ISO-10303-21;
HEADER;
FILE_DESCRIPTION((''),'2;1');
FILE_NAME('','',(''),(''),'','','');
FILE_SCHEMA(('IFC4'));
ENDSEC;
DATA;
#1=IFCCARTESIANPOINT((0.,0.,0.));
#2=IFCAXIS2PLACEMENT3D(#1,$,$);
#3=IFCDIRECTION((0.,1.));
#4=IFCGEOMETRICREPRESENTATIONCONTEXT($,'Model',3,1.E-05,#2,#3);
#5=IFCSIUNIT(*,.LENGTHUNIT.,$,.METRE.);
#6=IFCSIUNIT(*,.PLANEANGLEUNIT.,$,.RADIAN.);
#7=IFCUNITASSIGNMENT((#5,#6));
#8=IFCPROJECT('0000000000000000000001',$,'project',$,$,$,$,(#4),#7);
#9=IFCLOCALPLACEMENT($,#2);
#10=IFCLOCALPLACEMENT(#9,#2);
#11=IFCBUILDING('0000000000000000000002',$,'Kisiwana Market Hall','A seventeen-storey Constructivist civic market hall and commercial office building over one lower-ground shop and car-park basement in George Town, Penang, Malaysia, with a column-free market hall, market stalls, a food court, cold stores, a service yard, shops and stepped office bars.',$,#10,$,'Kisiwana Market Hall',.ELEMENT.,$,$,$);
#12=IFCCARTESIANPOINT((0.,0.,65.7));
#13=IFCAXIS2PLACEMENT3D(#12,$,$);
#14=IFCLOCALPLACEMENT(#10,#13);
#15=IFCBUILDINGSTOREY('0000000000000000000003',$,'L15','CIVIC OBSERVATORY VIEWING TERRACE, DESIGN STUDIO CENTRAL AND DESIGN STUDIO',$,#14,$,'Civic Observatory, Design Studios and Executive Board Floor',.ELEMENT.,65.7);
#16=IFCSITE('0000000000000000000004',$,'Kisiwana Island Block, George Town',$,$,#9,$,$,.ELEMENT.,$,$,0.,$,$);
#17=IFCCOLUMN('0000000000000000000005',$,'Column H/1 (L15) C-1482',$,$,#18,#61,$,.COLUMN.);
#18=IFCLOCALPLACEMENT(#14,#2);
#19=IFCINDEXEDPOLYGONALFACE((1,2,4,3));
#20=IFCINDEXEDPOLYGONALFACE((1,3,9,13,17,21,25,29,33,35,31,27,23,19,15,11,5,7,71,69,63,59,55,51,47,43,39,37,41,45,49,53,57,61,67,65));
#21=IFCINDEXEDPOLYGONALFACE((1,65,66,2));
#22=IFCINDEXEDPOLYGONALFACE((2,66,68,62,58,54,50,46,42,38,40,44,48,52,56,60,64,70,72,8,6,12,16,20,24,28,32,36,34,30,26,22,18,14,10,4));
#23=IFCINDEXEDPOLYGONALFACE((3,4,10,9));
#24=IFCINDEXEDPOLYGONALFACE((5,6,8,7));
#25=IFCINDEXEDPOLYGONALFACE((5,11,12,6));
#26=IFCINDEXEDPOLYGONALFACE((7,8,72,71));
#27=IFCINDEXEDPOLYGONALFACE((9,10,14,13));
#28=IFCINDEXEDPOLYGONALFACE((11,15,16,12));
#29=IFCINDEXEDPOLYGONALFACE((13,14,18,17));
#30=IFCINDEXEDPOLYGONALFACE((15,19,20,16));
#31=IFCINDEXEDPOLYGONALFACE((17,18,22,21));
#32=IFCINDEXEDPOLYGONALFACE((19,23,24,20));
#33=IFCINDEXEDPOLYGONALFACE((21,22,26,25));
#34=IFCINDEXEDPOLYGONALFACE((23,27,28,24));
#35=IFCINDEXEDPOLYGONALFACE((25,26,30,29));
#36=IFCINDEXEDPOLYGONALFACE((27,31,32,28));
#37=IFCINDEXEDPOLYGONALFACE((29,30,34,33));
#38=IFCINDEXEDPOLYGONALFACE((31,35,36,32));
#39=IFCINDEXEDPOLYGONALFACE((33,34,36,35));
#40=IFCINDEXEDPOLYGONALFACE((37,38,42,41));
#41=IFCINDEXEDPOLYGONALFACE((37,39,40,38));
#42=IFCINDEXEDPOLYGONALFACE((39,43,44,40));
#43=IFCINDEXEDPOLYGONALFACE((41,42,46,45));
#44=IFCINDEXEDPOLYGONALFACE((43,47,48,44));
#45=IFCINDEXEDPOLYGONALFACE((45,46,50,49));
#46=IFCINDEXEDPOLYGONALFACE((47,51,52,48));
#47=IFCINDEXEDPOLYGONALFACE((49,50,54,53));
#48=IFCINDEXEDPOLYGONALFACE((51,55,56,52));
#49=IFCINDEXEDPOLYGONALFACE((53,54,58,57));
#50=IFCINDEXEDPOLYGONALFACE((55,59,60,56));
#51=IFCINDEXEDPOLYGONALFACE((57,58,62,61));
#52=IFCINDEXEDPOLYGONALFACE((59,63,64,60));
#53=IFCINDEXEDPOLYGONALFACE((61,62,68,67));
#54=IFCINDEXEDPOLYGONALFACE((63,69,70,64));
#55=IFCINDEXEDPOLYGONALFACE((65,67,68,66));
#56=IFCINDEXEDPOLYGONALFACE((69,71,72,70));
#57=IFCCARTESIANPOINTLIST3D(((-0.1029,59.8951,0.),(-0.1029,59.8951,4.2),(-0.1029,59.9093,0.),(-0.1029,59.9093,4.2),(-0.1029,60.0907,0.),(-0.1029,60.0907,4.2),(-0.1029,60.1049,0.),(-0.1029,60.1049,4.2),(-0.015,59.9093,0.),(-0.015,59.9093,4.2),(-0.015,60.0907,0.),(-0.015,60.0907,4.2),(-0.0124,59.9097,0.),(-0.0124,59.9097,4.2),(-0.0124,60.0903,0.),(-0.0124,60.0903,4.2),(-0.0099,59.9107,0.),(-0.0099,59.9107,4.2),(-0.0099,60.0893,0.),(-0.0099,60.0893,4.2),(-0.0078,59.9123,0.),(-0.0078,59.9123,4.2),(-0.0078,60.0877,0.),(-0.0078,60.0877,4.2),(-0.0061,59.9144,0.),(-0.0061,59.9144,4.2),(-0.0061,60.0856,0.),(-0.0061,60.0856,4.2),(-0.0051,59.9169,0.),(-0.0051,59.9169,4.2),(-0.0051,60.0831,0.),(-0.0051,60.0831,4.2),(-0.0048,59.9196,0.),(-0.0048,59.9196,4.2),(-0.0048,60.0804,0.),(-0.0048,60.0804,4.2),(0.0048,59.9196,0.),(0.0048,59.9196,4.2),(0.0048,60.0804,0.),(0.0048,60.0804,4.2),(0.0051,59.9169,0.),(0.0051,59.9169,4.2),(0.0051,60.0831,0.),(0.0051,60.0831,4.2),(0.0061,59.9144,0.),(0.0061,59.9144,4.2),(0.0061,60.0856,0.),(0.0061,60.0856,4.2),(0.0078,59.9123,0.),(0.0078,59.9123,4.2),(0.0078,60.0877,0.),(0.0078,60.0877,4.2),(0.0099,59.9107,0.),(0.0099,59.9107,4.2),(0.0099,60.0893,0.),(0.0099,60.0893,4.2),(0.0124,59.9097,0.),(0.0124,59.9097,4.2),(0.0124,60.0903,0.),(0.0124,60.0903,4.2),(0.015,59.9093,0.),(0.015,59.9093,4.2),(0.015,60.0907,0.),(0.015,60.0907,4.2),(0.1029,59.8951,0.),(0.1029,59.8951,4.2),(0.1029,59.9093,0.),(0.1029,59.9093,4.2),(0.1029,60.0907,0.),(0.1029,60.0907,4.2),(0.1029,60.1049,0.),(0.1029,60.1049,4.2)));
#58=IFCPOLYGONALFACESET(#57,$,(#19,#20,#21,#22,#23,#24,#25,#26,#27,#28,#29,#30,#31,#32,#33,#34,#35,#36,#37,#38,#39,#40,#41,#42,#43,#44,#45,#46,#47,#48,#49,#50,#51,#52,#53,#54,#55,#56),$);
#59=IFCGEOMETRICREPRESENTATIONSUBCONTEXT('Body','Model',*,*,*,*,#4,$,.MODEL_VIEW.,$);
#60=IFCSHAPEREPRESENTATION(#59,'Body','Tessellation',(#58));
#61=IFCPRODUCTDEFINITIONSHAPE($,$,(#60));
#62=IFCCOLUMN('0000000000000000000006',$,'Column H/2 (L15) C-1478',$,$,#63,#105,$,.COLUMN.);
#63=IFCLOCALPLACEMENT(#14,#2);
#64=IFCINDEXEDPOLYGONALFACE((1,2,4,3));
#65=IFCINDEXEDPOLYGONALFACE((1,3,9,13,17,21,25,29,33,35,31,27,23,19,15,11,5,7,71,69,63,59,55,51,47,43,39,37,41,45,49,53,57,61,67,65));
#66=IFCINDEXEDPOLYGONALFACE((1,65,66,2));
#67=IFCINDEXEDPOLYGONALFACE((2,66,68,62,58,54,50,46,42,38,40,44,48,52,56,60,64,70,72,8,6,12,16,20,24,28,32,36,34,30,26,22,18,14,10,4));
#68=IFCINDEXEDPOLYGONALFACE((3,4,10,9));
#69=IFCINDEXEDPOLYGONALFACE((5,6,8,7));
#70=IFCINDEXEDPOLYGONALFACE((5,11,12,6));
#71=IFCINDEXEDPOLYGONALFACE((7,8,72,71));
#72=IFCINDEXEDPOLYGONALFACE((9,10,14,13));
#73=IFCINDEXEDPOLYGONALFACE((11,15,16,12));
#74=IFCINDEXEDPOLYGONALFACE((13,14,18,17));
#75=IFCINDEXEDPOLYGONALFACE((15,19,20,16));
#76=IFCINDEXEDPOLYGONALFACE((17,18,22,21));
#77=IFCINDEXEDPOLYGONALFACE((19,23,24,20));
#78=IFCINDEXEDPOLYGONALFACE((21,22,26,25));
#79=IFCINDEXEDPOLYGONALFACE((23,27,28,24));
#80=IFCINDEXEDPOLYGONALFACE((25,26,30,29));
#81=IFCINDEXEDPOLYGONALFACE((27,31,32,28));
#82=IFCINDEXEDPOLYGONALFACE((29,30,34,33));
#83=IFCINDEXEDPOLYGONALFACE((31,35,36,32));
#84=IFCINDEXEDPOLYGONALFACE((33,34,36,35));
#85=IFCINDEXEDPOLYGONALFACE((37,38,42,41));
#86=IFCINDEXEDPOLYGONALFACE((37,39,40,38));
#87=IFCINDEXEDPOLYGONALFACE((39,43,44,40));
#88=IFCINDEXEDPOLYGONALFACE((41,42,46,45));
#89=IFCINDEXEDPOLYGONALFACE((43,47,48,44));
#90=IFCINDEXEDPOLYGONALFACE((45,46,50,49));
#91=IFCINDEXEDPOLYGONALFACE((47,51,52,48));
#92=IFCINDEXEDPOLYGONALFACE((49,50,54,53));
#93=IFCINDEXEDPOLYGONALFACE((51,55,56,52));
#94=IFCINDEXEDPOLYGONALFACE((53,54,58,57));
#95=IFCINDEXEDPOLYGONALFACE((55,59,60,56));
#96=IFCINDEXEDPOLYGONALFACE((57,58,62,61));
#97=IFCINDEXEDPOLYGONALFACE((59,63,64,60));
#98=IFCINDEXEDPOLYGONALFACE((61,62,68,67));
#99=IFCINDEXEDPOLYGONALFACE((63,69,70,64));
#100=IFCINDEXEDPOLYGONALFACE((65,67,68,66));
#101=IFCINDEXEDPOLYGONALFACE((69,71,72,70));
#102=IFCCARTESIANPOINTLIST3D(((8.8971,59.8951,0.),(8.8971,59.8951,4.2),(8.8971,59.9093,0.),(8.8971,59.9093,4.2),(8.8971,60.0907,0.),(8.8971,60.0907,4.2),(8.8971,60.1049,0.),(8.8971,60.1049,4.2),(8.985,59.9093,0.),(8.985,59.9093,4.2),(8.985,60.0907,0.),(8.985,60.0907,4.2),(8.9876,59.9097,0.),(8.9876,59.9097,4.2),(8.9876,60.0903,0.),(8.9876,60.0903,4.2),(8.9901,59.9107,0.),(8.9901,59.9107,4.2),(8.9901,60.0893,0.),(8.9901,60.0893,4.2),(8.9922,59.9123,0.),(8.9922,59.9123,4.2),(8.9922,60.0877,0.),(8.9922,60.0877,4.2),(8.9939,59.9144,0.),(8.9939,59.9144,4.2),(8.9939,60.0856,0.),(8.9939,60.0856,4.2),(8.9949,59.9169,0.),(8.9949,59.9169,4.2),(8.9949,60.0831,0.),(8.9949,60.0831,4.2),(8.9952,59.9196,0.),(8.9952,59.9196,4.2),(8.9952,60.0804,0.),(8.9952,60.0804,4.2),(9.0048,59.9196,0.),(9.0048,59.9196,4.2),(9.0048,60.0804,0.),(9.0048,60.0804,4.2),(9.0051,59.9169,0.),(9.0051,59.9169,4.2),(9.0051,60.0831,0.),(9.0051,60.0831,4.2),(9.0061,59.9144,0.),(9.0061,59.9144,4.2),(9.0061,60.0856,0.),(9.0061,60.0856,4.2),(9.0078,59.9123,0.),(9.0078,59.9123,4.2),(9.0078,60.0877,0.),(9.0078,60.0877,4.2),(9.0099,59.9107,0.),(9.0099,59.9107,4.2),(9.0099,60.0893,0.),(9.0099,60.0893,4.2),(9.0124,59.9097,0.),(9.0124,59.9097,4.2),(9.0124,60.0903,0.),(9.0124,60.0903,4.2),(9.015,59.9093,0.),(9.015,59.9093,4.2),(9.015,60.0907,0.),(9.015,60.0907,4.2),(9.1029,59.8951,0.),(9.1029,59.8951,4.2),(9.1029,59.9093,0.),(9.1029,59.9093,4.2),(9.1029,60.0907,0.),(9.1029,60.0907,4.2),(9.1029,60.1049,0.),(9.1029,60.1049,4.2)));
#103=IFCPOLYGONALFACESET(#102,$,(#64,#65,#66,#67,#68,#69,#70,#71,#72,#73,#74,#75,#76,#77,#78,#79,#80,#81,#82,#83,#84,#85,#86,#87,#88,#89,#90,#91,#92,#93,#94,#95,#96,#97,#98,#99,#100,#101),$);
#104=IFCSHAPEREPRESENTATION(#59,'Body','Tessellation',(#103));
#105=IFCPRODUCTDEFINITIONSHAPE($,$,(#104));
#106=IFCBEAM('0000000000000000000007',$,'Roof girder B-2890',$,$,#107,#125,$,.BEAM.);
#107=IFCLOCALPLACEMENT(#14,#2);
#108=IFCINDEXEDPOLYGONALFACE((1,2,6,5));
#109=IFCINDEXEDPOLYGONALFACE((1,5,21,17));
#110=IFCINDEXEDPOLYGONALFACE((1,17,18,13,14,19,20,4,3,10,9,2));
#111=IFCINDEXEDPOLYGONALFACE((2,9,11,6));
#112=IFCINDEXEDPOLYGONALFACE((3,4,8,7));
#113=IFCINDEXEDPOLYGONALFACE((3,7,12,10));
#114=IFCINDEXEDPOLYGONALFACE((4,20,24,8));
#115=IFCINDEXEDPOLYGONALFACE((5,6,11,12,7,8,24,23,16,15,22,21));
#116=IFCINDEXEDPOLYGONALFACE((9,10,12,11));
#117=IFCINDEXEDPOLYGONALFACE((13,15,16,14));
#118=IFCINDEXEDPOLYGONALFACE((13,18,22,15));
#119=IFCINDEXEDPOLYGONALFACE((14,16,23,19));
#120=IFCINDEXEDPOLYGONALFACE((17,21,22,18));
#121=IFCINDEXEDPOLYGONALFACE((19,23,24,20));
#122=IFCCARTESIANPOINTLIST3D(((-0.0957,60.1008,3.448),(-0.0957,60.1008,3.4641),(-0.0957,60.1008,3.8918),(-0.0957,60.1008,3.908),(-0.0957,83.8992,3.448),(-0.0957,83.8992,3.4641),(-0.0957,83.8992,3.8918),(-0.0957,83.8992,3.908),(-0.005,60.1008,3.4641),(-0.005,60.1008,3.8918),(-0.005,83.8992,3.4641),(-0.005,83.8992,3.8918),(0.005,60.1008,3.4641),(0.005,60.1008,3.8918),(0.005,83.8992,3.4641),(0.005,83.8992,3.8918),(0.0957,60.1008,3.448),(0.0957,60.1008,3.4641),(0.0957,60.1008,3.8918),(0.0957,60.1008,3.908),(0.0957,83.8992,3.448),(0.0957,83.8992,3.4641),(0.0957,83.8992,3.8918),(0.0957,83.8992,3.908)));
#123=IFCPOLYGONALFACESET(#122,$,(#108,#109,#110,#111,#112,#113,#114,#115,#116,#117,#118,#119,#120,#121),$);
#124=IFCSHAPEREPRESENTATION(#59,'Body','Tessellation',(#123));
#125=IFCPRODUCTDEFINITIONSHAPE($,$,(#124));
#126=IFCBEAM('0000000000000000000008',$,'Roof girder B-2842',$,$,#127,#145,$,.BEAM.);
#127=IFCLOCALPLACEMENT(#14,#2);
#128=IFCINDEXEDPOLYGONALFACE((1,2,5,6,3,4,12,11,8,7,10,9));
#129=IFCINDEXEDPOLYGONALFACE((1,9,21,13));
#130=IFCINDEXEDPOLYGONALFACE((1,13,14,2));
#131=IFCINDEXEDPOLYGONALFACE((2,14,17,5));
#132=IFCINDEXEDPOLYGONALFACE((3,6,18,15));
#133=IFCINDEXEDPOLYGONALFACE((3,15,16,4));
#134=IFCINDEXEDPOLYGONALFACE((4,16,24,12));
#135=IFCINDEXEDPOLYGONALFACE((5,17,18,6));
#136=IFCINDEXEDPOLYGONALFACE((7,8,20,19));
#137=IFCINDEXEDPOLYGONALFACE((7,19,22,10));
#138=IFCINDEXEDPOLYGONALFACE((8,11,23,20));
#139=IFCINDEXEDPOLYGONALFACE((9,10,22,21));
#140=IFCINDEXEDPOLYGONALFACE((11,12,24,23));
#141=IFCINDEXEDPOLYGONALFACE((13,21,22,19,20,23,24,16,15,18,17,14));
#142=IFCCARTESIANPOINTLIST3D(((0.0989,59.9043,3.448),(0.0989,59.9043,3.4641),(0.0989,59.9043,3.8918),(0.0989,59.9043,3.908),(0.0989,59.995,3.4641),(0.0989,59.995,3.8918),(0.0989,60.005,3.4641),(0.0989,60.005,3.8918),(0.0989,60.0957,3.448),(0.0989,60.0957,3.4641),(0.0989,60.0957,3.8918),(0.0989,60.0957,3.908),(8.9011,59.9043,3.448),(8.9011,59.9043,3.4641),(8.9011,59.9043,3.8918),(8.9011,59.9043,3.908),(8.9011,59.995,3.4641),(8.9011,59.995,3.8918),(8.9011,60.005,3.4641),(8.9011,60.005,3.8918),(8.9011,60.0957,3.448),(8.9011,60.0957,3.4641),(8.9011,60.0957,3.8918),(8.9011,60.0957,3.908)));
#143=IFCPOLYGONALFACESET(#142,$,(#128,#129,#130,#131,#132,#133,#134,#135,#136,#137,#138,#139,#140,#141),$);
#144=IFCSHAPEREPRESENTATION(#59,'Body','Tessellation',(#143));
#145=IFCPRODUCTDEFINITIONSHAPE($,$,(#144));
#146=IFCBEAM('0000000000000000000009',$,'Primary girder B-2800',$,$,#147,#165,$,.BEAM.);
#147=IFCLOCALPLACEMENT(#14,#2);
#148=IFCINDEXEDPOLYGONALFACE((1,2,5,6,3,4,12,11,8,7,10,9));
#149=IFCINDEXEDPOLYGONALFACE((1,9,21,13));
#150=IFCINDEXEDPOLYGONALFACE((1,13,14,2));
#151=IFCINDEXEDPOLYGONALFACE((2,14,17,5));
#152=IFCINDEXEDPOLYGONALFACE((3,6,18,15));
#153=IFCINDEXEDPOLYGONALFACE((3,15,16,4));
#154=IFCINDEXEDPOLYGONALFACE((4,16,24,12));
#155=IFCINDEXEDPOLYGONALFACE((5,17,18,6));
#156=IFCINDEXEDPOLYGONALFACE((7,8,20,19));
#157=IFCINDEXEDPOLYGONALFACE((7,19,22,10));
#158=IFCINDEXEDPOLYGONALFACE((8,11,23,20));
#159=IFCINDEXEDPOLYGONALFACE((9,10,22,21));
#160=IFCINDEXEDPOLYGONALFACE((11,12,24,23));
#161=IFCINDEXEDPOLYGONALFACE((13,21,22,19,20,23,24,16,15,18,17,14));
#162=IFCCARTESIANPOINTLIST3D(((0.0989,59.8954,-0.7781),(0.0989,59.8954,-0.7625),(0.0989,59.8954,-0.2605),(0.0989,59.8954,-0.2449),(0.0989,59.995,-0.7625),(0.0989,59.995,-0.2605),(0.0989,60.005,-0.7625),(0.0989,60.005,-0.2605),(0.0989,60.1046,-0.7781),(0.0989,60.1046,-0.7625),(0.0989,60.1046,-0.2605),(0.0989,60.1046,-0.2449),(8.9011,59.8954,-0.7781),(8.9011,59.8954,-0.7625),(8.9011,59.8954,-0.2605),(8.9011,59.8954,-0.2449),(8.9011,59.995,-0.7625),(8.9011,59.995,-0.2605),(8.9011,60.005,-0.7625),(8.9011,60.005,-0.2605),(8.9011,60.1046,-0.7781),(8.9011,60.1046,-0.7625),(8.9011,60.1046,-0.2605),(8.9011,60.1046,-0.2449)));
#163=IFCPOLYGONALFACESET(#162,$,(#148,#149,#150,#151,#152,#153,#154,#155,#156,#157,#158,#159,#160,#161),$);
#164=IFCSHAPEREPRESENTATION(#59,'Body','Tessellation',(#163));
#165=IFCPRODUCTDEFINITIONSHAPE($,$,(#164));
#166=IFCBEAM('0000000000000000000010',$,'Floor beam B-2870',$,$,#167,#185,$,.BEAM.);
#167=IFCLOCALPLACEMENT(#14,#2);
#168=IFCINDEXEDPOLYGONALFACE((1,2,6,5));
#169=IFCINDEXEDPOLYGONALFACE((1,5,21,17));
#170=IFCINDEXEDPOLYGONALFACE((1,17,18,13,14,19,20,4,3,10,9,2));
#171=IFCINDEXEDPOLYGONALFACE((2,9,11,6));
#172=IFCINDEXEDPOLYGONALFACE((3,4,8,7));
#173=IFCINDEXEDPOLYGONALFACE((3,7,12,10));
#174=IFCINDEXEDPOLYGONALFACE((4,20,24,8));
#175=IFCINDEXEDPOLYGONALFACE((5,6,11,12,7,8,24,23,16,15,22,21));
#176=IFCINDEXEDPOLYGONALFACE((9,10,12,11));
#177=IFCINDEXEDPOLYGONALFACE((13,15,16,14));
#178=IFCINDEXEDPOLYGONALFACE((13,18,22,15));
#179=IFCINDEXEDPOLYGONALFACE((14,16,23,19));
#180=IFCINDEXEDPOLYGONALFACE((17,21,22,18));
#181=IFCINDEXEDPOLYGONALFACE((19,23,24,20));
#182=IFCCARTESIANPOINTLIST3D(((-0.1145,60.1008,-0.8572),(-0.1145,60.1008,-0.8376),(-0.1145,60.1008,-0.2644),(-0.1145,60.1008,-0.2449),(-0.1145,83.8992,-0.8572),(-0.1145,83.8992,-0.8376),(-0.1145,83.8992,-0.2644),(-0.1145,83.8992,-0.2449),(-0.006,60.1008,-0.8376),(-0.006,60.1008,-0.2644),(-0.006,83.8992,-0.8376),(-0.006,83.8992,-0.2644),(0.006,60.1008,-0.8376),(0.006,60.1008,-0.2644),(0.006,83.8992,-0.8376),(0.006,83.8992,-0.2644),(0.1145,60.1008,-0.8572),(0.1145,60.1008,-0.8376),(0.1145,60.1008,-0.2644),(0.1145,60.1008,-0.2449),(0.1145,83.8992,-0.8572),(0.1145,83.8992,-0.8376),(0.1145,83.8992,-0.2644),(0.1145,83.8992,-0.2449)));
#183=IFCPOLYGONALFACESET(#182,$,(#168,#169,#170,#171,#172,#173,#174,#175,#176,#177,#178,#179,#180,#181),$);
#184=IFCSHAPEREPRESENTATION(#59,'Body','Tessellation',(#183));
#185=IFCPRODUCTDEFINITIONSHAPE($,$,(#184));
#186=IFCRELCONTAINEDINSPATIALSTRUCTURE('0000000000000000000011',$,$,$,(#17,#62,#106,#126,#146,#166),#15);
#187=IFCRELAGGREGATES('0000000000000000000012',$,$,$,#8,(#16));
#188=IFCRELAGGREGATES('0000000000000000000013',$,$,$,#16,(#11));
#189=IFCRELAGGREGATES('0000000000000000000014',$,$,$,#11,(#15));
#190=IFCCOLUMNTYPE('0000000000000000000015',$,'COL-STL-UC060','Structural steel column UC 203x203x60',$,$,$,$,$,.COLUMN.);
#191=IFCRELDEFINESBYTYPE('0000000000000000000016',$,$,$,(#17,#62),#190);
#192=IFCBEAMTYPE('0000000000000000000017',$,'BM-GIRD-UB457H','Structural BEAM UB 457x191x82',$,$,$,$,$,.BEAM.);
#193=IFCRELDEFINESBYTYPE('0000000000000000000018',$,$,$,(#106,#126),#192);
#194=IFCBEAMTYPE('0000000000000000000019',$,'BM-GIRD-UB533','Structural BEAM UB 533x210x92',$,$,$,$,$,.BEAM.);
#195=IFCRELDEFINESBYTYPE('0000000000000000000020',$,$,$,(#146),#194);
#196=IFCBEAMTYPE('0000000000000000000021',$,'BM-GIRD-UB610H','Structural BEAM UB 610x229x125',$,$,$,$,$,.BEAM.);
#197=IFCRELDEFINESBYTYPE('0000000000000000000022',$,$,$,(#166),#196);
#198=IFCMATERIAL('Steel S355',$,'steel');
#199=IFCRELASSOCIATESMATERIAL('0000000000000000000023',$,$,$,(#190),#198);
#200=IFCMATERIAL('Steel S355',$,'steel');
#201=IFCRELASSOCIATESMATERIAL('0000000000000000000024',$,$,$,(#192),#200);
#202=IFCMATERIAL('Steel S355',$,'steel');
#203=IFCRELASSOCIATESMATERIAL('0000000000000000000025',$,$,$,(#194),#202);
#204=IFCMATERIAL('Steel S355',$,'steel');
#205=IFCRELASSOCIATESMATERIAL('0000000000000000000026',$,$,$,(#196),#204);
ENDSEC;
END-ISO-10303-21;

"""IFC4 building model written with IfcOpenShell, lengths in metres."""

from ifc_helpers import new_model, si_unit, direction, frame, origin, origin_2d, place, context, subcontext, project, spatial, i_section, extrude, material, material_profile, profile_set, type_object, element, save


model = new_model("IFC4")

# Units and contexts
model_context = context("Model", 3, precision=1e-05, world=origin(), true_north=direction((0.0, 1.0)))
body_context = subcontext(model_context, "Body", "Model", "MODEL_VIEW")
ifc_project = project(units=[si_unit("LENGTHUNIT", "METRE"), si_unit("PLANEANGLEUNIT", "RADIAN")], contexts=[model_context])

# Site, building, storey
site_placement = place(None, origin())
site = spatial("IfcSite", under=ifc_project, at=site_placement, Name="Kisiwana Island Block, George Town", CompositionType="ELEMENT", RefElevation=0.0)
building_placement = place(site_placement, origin())
building = spatial("IfcBuilding", under=site, at=building_placement, Name="Kisiwana Market Hall", Description="A seventeen-storey Constructivist civic market hall and commercial office building over one lower-ground shop and car-park basement in George Town, Penang, Malaysia, with a column-free market hall, market stalls, a food court, cold stores, a service yard, shops and stepped office bars.", LongName="Kisiwana Market Hall", CompositionType="ELEMENT")
storey_placement = place(building_placement, frame((0.0, 0.0, 65.7)))
storey = spatial("IfcBuildingStorey", under=building, at=storey_placement, Name="L15", Description="CIVIC OBSERVATORY VIEWING TERRACE, DESIGN STUDIO CENTRAL AND DESIGN STUDIO", LongName="Civic Observatory, Design Studios and Executive Board Floor", CompositionType="ELEMENT", Elevation=65.7)

# Columns
ifc_material_1 = material(Name="Steel S355", Category="steel")
ifc_material_profile_1 = material_profile(ifc_material_1, i_section(OverallWidth=0.2058, OverallDepth=0.2097, WebThickness=0.0095, FlangeThickness=0.0142, FilletRadius=0.0103, at=origin_2d()), Name="UC 203x203x60")
ifc_profile_set_1 = profile_set([ifc_material_profile_1], Name="Steel S355")
column_type = type_object("IfcColumnType", Name="COL-STL-UC060", Description="Structural steel column UC 203x203x60", PredefinedType="COLUMN", material=ifc_profile_set_1)
for number, where, z_axis, x_axis, name in (
    (1, (0.0, 60.0, 0.0), (0.0, 0.0, 1.0), (1.0, 0.0, 0.0), "Column H/1 (L15) C-1482"),
    (2, (9.0, 60.0, 0.0), (0.0, 0.0, 1.0), (1.0, 0.0, 0.0), "Column H/2 (L15) C-1478"),
):
    element("IfcColumn", number, at=place(storey_placement, frame(where, z_axis=z_axis, x_axis=x_axis)), inside=storey, type_object=column_type, Name=name, PredefinedType="COLUMN", context=body_context, shape_type="SweptSolid", body=[
        extrude(i_section(OverallWidth=0.2058, OverallDepth=0.2097, WebThickness=0.0095, FlangeThickness=0.0142, FilletRadius=0.0103, at=origin_2d()), origin(), (0.0, 0.0, 1.0), 4.2),
    ])

# Beams
ifc_material_2 = material(Name="Steel S355", Category="steel")
ifc_material_profile_2 = material_profile(ifc_material_2, i_section(OverallWidth=0.1914, OverallDepth=0.46, WebThickness=0.01, FlangeThickness=0.0161, at=origin_2d()), Name="UB 457x191x82")
ifc_profile_set_2 = profile_set([ifc_material_profile_2], Name="Steel S355")
beam_type_1 = type_object("IfcBeamType", Name="BM-GIRD-UB457H", Description="Structural BEAM UB 457x191x82", PredefinedType="BEAM", material=ifc_profile_set_2)
beam_1_placement = place(storey_placement, frame((0.0, 60.1008, 3.678), z_axis=(0.0, 1.0, 0.0), x_axis=(-1.0, 0.0, 0.0)))
element("IfcBeam", 3, at=beam_1_placement, inside=storey, type_object=beam_type_1, Name="Roof girder B-2890", PredefinedType="BEAM", context=body_context, shape_type="SweptSolid", body=[
    extrude(i_section(OverallWidth=0.1914, OverallDepth=0.46, WebThickness=0.01, FlangeThickness=0.0161, at=origin_2d()), origin(), (0.0, 0.0, 1.0), 23.7983),
])
beam_2_placement = place(storey_placement, frame((0.0989, 60.0, 3.678), z_axis=(1.0, 0.0, 0.0), x_axis=(0.0, 1.0, 0.0)))
element("IfcBeam", 4, at=beam_2_placement, inside=storey, type_object=beam_type_1, Name="Roof girder B-2842", PredefinedType="BEAM", context=body_context, shape_type="SweptSolid", body=[
    extrude(i_section(OverallWidth=0.1914, OverallDepth=0.46, WebThickness=0.01, FlangeThickness=0.0161, at=origin_2d()), origin(), (0.0, 0.0, 1.0), 8.8022),
])
ifc_material_3 = material(Name="Steel S355", Category="steel")
ifc_material_profile_3 = material_profile(ifc_material_3, i_section(OverallWidth=0.2092, OverallDepth=0.5332, WebThickness=0.01, FlangeThickness=0.0156, at=origin_2d()), Name="UB 533x210x92")
ifc_profile_set_3 = profile_set([ifc_material_profile_3], Name="Steel S355")
beam_type_2 = type_object("IfcBeamType", Name="BM-GIRD-UB533", Description="Structural BEAM UB 533x210x92", PredefinedType="BEAM", material=ifc_profile_set_3)
beam_3_placement = place(storey_placement, frame((0.0989, 60.0, -0.5115), z_axis=(1.0, 0.0, 0.0), x_axis=(0.0, 1.0, 0.0)))
element("IfcBeam", 5, at=beam_3_placement, inside=storey, type_object=beam_type_2, Name="Primary girder B-2800", PredefinedType="BEAM", context=body_context, shape_type="SweptSolid", body=[
    extrude(i_section(OverallWidth=0.2092, OverallDepth=0.5332, WebThickness=0.01, FlangeThickness=0.0156, at=origin_2d()), origin(), (0.0, 0.0, 1.0), 8.8022),
])
ifc_material_4 = material(Name="Steel S355", Category="steel")
ifc_material_profile_4 = material_profile(ifc_material_4, i_section(OverallWidth=0.229, OverallDepth=0.6123, WebThickness=0.012, FlangeThickness=0.0195, at=origin_2d()), Name="UB 610x229x125")
ifc_profile_set_4 = profile_set([ifc_material_profile_4], Name="Steel S355")
beam_type_3 = type_object("IfcBeamType", Name="BM-GIRD-UB610H", Description="Structural BEAM UB 610x229x125", PredefinedType="BEAM", material=ifc_profile_set_4)
for number, where, z_axis, x_axis, name in (
    (6, (0.0, 60.1008, -0.551), (0.0, 1.0, 0.0), (-1.0, 0.0, 0.0), "Floor beam B-2870"),
):
    element("IfcBeam", number, at=place(storey_placement, frame(where, z_axis=z_axis, x_axis=x_axis)), inside=storey, type_object=beam_type_3, Name=name, PredefinedType="BEAM", context=body_context, shape_type="SweptSolid", body=[
        extrude(i_section(OverallWidth=0.229, OverallDepth=0.6123, WebThickness=0.012, FlangeThickness=0.0195, at=origin_2d()), origin(), (0.0, 0.0, 1.0), 23.7983),
    ])

save(model, "model.ifc")
